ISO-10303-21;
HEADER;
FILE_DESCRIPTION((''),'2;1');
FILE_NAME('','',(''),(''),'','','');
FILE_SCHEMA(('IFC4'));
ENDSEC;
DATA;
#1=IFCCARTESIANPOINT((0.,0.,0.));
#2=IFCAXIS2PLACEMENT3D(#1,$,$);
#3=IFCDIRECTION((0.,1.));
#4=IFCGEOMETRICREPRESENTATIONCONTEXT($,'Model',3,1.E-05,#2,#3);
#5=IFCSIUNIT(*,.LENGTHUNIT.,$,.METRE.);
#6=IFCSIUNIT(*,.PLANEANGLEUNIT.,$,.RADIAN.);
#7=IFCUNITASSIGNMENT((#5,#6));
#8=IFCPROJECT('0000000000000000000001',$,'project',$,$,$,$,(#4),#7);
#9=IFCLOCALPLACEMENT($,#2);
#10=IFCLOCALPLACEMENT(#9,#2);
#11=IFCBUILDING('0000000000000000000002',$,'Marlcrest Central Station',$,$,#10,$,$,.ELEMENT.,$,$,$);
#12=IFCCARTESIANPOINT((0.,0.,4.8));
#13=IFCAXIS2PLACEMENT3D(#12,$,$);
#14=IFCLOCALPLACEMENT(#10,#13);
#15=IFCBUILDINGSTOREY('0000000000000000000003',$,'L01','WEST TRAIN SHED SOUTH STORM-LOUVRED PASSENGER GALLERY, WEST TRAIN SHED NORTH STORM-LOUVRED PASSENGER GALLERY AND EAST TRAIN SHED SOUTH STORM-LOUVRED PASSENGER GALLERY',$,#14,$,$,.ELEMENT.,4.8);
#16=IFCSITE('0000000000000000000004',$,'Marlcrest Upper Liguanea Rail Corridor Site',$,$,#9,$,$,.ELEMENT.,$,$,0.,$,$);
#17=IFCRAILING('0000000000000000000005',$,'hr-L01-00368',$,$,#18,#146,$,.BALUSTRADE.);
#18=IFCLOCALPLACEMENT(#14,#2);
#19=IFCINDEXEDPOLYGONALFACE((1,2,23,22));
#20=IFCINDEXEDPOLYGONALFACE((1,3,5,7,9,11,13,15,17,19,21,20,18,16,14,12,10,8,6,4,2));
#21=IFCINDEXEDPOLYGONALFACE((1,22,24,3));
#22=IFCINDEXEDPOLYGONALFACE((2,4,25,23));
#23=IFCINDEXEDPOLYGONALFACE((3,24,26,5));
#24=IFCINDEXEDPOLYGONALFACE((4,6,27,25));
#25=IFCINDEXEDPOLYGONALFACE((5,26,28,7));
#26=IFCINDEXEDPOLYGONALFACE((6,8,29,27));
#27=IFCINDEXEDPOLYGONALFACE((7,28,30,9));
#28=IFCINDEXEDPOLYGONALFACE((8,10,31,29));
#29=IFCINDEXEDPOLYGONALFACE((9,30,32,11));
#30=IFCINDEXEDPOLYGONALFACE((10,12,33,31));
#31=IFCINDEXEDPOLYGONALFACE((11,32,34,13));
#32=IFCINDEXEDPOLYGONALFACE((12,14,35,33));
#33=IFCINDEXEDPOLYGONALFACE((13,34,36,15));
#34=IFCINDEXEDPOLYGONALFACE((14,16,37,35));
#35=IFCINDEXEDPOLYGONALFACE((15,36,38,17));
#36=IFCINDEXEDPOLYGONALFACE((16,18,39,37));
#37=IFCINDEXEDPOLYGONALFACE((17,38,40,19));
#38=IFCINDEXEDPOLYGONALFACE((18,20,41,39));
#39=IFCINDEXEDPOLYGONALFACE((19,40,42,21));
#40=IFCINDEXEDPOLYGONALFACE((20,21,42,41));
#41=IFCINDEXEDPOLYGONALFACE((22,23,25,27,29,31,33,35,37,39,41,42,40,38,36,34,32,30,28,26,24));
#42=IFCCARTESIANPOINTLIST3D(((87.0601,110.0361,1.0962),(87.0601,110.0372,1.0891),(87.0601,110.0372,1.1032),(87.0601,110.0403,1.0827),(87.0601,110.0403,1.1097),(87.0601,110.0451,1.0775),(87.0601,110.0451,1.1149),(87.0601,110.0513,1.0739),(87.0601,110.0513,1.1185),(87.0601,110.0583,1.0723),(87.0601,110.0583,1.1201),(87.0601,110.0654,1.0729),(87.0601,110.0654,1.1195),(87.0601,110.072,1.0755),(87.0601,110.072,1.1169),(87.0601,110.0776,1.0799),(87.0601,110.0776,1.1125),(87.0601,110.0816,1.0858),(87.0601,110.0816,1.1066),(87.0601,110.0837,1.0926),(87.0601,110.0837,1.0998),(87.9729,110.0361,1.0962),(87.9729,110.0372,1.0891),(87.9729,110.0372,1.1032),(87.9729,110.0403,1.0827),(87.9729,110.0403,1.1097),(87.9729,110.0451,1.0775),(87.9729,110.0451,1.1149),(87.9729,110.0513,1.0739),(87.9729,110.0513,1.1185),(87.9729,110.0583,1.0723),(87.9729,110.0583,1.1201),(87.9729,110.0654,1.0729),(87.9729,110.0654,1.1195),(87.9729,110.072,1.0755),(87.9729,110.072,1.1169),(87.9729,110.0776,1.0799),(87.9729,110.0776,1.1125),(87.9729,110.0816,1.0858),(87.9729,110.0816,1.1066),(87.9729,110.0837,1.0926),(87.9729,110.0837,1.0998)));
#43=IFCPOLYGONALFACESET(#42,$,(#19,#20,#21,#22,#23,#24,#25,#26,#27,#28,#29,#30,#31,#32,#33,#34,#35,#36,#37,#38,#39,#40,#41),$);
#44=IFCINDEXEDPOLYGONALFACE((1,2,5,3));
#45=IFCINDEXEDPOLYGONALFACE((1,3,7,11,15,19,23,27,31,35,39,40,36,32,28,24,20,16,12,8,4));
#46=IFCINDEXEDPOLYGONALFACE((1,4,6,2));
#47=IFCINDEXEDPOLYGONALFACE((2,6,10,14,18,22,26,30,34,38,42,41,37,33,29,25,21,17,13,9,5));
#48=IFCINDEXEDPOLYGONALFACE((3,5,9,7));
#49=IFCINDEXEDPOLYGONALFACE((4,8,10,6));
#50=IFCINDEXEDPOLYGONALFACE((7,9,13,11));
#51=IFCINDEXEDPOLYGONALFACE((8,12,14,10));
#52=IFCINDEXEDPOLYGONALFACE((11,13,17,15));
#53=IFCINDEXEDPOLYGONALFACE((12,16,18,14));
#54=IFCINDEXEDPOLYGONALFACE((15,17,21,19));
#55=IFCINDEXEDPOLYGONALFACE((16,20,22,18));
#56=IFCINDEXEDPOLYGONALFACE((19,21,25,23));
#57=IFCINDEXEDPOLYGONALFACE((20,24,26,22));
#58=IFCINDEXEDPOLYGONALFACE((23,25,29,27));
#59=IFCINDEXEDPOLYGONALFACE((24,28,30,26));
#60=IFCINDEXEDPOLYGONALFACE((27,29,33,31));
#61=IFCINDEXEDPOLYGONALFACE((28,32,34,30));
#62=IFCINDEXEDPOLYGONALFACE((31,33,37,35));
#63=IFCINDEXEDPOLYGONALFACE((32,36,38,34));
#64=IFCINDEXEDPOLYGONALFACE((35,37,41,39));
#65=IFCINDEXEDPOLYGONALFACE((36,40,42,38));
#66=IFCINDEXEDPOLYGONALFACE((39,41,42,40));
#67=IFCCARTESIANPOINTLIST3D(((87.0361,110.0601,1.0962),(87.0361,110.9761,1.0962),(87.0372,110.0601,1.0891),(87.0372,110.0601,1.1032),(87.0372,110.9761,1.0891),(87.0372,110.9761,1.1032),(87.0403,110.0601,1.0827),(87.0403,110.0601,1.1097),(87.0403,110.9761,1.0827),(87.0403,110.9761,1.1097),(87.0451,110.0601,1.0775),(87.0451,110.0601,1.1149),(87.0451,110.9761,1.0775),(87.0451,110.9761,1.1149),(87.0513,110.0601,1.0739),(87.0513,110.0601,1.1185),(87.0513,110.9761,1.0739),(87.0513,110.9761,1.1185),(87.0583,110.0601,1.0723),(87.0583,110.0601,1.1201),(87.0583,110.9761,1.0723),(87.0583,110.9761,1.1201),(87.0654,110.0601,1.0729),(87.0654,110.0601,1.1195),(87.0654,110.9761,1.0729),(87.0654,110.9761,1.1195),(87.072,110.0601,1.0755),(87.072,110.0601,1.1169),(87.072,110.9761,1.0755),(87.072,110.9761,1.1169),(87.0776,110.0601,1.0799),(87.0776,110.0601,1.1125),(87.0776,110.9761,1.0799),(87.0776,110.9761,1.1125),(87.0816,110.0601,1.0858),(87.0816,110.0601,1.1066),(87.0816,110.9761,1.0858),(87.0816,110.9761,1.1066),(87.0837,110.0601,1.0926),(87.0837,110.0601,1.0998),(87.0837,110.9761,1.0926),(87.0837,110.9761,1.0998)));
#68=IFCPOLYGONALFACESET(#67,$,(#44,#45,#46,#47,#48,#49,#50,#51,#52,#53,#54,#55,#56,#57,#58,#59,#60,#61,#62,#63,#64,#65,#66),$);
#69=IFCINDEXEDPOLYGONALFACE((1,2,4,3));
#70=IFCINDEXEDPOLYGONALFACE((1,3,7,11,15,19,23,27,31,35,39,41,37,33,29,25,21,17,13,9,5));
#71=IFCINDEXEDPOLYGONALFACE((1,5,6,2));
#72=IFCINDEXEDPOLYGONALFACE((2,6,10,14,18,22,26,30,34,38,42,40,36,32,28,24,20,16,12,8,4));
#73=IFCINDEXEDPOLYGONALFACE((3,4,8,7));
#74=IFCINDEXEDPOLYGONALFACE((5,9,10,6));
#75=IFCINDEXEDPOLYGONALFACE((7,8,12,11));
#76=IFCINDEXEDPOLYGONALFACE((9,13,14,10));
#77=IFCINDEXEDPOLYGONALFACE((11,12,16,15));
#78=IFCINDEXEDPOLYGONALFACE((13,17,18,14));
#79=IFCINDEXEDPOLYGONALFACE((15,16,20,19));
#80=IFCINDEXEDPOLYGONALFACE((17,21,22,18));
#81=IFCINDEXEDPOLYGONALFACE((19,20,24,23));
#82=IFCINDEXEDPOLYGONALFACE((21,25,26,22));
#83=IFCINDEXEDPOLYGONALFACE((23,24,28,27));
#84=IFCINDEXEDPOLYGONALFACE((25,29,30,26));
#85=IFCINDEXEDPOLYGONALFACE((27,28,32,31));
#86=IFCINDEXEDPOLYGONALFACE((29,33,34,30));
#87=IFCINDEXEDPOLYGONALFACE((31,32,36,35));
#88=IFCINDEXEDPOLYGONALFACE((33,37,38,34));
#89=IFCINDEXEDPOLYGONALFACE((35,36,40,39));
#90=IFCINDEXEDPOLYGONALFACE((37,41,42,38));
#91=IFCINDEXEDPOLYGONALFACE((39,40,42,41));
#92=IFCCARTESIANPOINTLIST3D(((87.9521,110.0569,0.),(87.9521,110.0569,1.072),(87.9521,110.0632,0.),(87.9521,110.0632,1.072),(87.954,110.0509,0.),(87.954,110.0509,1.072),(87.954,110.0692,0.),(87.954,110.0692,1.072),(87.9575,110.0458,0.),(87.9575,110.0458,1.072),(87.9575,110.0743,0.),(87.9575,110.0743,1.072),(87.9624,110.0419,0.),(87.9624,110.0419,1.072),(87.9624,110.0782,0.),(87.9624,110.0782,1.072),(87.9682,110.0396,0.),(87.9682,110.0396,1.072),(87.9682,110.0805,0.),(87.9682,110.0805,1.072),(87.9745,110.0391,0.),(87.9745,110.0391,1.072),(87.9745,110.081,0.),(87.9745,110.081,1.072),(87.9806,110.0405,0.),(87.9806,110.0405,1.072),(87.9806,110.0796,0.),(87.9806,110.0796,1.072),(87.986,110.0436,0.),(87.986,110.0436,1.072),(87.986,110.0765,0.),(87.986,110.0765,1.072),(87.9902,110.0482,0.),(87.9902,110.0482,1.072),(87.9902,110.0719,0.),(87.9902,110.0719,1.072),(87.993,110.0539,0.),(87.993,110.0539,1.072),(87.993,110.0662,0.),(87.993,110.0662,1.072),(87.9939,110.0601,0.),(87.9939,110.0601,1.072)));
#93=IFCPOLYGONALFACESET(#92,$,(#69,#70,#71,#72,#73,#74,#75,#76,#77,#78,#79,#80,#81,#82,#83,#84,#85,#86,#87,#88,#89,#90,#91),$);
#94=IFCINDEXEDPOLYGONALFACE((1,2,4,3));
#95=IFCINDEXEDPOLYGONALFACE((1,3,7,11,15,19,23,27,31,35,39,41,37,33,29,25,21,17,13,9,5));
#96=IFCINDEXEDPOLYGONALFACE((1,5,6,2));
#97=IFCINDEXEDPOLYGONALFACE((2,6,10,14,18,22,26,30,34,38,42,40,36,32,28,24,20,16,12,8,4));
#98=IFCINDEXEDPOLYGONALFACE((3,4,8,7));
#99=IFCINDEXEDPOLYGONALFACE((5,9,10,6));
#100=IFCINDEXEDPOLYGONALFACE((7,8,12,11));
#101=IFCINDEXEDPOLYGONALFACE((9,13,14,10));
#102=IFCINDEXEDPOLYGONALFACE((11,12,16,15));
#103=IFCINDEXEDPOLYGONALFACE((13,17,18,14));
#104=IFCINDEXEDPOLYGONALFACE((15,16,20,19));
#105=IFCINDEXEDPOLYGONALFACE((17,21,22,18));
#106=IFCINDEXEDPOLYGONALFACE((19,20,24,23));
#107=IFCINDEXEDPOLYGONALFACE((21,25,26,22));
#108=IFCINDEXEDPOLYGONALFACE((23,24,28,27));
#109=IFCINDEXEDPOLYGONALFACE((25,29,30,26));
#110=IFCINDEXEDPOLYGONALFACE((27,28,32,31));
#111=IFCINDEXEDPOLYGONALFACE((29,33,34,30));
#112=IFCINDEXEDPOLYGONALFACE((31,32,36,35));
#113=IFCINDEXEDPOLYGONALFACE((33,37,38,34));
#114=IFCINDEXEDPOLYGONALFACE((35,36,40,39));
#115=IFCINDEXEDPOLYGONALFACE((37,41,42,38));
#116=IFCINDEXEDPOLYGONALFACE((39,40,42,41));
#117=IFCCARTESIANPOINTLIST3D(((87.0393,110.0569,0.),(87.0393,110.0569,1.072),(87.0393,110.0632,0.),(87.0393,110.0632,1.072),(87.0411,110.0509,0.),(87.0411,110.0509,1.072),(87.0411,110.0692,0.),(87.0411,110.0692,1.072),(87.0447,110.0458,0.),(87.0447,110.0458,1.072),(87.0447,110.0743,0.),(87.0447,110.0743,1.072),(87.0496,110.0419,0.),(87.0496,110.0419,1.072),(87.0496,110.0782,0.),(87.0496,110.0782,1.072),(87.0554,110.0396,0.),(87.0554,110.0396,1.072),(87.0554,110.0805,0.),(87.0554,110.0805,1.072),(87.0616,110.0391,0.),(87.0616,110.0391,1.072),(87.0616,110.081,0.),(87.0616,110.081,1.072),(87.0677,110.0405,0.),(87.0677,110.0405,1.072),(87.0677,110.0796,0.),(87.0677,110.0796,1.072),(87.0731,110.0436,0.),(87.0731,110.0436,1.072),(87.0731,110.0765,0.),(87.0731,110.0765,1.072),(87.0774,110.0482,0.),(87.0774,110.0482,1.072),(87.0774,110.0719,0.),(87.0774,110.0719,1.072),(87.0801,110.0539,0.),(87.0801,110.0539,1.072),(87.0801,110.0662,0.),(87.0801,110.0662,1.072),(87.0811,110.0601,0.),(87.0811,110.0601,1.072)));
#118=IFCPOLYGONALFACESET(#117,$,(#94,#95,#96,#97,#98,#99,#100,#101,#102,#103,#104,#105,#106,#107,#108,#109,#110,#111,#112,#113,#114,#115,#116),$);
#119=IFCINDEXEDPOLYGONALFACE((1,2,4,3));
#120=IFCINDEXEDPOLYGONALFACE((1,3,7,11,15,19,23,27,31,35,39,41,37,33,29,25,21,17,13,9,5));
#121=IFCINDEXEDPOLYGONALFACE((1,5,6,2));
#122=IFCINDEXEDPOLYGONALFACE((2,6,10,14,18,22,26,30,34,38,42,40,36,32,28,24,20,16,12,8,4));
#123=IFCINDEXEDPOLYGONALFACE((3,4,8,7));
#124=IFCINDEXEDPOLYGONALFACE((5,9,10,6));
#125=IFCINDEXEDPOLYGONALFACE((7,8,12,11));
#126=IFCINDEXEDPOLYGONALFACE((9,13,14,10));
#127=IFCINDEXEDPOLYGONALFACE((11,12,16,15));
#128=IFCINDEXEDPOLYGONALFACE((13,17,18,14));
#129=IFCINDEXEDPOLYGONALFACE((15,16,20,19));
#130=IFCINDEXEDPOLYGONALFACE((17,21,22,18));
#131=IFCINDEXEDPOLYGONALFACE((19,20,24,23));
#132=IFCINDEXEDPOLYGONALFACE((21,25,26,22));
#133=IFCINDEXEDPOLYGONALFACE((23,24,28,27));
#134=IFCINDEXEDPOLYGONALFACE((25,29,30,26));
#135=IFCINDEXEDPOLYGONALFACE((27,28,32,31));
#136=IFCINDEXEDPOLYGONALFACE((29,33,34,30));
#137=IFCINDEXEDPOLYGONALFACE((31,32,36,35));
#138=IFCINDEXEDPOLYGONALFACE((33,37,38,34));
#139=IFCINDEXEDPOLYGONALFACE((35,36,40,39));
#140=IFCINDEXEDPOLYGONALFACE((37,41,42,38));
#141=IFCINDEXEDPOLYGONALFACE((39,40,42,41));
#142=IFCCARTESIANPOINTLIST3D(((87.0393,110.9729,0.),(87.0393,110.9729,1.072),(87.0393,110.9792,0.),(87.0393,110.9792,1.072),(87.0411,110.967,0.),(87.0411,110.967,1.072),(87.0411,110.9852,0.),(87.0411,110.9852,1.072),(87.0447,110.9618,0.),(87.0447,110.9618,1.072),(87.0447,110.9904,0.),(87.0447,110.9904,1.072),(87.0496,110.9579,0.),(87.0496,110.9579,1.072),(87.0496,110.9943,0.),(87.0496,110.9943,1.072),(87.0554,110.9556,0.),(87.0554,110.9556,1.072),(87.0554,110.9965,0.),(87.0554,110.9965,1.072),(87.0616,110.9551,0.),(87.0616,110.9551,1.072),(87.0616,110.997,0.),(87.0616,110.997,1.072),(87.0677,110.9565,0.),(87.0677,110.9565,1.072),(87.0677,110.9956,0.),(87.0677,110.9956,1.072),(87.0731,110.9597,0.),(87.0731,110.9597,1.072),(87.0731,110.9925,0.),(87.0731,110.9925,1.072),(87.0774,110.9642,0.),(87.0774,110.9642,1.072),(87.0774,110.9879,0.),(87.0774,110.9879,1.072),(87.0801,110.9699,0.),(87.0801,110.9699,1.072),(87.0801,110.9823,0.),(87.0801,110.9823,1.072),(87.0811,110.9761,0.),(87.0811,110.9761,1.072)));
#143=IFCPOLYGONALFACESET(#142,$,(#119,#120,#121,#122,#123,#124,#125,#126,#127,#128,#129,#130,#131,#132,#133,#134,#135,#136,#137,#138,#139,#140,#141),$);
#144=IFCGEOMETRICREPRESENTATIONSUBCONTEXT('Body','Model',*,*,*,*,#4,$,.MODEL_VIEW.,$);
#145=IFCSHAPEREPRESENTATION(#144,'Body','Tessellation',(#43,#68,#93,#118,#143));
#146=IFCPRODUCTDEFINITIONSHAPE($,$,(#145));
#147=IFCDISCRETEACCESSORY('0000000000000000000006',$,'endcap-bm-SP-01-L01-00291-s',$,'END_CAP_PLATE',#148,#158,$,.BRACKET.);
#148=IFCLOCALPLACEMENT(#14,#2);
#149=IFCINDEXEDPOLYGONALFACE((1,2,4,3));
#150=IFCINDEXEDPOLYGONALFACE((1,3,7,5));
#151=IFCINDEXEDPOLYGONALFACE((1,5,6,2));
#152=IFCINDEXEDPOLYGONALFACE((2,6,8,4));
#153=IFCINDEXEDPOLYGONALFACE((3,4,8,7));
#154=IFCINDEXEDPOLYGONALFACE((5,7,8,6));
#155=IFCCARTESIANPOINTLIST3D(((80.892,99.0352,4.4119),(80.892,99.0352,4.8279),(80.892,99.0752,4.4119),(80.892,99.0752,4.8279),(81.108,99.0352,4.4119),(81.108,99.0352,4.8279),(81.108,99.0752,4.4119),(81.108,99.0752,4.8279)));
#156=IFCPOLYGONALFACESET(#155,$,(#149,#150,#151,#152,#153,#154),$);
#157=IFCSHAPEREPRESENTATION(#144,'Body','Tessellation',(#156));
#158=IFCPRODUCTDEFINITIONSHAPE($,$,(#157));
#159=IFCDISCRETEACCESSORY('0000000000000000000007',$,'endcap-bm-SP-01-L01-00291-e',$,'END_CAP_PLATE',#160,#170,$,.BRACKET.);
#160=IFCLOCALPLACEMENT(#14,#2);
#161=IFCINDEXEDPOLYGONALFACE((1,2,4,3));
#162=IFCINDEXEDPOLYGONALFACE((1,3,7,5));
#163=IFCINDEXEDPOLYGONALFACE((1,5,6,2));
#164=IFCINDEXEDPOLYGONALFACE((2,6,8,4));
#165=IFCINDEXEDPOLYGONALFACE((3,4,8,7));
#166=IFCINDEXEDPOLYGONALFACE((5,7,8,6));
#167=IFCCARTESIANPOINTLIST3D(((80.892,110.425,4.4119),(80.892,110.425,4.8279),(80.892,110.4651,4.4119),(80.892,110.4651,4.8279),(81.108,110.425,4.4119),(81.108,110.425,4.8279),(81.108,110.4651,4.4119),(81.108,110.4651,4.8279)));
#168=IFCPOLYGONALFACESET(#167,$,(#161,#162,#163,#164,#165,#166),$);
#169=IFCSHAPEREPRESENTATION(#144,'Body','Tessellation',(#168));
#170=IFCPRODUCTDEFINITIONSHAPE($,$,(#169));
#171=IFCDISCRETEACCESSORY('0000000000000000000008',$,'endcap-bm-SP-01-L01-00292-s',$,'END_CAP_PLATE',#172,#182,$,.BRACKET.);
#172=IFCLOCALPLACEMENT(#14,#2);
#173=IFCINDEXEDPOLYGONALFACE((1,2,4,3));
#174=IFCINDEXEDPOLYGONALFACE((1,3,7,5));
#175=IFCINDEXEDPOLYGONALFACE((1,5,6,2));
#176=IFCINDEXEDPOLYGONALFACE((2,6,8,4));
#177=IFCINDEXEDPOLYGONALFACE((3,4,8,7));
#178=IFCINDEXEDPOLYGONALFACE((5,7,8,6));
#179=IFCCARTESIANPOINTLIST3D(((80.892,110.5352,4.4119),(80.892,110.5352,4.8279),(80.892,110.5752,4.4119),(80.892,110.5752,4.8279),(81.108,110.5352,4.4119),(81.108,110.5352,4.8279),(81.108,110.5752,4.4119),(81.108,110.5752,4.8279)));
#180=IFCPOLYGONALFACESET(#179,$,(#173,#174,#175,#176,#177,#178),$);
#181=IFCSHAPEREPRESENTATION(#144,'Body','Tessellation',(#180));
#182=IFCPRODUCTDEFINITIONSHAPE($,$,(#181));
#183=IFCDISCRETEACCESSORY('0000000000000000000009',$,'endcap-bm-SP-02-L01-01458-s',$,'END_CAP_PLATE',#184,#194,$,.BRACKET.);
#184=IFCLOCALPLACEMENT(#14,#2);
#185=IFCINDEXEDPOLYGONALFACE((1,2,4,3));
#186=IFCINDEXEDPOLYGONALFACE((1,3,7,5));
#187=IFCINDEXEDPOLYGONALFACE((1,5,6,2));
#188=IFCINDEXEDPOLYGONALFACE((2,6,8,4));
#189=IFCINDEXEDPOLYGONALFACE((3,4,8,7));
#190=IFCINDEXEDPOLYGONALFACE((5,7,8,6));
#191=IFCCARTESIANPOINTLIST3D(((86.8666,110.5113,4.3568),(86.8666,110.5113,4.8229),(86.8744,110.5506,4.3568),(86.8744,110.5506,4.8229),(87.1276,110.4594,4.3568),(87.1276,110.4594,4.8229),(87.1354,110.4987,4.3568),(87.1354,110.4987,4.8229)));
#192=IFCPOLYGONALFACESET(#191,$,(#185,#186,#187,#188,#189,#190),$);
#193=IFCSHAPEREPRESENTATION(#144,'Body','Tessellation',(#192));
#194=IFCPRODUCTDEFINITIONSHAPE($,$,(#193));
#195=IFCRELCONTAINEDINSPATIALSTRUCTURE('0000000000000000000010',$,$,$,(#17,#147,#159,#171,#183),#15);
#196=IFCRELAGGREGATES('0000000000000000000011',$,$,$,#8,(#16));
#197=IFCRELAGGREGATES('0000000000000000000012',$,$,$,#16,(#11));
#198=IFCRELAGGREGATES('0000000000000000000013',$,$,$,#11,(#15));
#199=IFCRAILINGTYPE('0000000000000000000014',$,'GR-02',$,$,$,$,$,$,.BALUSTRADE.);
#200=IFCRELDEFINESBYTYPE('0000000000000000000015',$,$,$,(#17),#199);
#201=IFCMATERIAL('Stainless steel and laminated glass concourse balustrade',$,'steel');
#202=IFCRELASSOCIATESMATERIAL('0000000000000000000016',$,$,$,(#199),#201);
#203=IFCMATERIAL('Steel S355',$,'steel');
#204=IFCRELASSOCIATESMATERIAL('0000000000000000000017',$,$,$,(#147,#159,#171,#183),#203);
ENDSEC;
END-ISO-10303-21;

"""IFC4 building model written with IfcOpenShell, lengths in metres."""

from ifc_helpers import new_model, si_unit, direction, frame, origin, origin_2d, place, context, subcontext, project, spatial, rectangle, circle, extrude, material, type_object, element, save


model = new_model("IFC4")

# Units and contexts
model_context = context("Model", 3, precision=1e-05, world=origin(), true_north=direction((0.0, 1.0)))
body_context = subcontext(model_context, "Body", "Model", "MODEL_VIEW")
ifc_project = project(units=[si_unit("LENGTHUNIT", "METRE"), si_unit("PLANEANGLEUNIT", "RADIAN")], contexts=[model_context])

# Site, building, storey
site_placement = place(None, origin())
site = spatial("IfcSite", under=ifc_project, at=site_placement, Name="Marlcrest Upper Liguanea Rail Corridor Site", CompositionType="ELEMENT", RefElevation=0.0)
building_placement = place(site_placement, origin())
building = spatial("IfcBuilding", under=site, at=building_placement, Name="Marlcrest Central Station", CompositionType="ELEMENT")
storey_placement = place(building_placement, frame((0.0, 0.0, 4.8)))
storey = spatial("IfcBuildingStorey", under=building, at=storey_placement, Name="L01", Description="WEST TRAIN SHED SOUTH STORM-LOUVRED PASSENGER GALLERY, WEST TRAIN SHED NORTH STORM-LOUVRED PASSENGER GALLERY AND EAST TRAIN SHED SOUTH STORM-LOUVRED PASSENGER GALLERY", CompositionType="ELEMENT", Elevation=4.8)

# Shared definitions
ifc_material_1 = material(Name="Steel S355", Category="steel")

# Railing
ifc_material_2 = material(Name="Stainless steel and laminated glass concourse balustrade", Category="steel")
railing_type = type_object("IfcRailingType", Name="GR-02", PredefinedType="BALUSTRADE", material=ifc_material_2)
railing_placement = place(storey_placement, frame((87.9729, 110.0601, 0.0)))
element("IfcRailing", 1, at=railing_placement, inside=storey, type_object=railing_type, Name="hr-L01-00368", PredefinedType="BALUSTRADE", context=body_context, shape_type="SweptSolid", body=[
    extrude(circle(Radius=0.0239, at=origin_2d()), frame((0.0, 0.0, 1.0962), z_axis=(-1.0, 0.0, 0.0), x_axis=(0.0, -1.0, 0.0)), (0.0, 0.0, 1.0), 0.9128),
    extrude(circle(Radius=0.0239, at=origin_2d()), frame((-0.9128, 0.0, 1.0962), z_axis=(0.0, 1.0, 0.0), x_axis=(-1.0, 0.0, 0.0)), (0.0, 0.0, 1.0), 0.916),
    extrude(circle(Radius=0.021, at=origin_2d()), origin(), (0.0, 0.0, 1.0), 1.072),
    extrude(circle(Radius=0.021, at=origin_2d()), frame((-0.9128, 0.0, 0.0)), (0.0, 0.0, 1.0), 1.072),
    extrude(circle(Radius=0.021, at=origin_2d()), frame((-0.9128, 0.916, 0.0)), (0.0, 0.0, 1.0), 1.072),
])

# Discrete accessories
for number, where, z_axis, x_axis, name in (
    (2, (81.0, 99.0352, 4.6199), (0.0, 1.0, 0.0), (-1.0, 0.0, 0.0), "endcap-bm-SP-01-L01-00291-s"),
    (3, (81.0, 110.425, 4.6199), (0.0, 1.0, 0.0), (-1.0, 0.0, 0.0), "endcap-bm-SP-01-L01-00291-e"),
    (4, (81.0, 110.5352, 4.6199), (0.0, 1.0, 0.0), (-1.0, 0.0, 0.0), "endcap-bm-SP-01-L01-00292-s"),
):
    element("IfcDiscreteAccessory", number, at=place(storey_placement, frame(where, z_axis=z_axis, x_axis=x_axis)), inside=storey, material=ifc_material_1, Name=name, ObjectType="END_CAP_PLATE", PredefinedType="BRACKET", context=body_context, shape_type="SweptSolid", body=[
        extrude(rectangle(XDim=0.2161, YDim=0.416, at=origin_2d()), origin(), (0.0, 0.0, 1.0), 0.04),
    ])
discrete_accessory_placement = place(storey_placement, frame((86.9971, 110.4854, 4.5898), z_axis=(0.195171, 0.980769, 0.0), x_axis=(-0.980769, 0.195171, 0.0)))
element("IfcDiscreteAccessory", 5, at=discrete_accessory_placement, inside=storey, material=ifc_material_1, Name="endcap-bm-SP-02-L01-01458-s", ObjectType="END_CAP_PLATE", PredefinedType="BRACKET", context=body_context, shape_type="SweptSolid", body=[
    extrude(rectangle(XDim=0.2661, YDim=0.4661, at=origin_2d()), origin(), (0.0, 0.0, 1.0), 0.04),
])

save(model, "model.ifc")
